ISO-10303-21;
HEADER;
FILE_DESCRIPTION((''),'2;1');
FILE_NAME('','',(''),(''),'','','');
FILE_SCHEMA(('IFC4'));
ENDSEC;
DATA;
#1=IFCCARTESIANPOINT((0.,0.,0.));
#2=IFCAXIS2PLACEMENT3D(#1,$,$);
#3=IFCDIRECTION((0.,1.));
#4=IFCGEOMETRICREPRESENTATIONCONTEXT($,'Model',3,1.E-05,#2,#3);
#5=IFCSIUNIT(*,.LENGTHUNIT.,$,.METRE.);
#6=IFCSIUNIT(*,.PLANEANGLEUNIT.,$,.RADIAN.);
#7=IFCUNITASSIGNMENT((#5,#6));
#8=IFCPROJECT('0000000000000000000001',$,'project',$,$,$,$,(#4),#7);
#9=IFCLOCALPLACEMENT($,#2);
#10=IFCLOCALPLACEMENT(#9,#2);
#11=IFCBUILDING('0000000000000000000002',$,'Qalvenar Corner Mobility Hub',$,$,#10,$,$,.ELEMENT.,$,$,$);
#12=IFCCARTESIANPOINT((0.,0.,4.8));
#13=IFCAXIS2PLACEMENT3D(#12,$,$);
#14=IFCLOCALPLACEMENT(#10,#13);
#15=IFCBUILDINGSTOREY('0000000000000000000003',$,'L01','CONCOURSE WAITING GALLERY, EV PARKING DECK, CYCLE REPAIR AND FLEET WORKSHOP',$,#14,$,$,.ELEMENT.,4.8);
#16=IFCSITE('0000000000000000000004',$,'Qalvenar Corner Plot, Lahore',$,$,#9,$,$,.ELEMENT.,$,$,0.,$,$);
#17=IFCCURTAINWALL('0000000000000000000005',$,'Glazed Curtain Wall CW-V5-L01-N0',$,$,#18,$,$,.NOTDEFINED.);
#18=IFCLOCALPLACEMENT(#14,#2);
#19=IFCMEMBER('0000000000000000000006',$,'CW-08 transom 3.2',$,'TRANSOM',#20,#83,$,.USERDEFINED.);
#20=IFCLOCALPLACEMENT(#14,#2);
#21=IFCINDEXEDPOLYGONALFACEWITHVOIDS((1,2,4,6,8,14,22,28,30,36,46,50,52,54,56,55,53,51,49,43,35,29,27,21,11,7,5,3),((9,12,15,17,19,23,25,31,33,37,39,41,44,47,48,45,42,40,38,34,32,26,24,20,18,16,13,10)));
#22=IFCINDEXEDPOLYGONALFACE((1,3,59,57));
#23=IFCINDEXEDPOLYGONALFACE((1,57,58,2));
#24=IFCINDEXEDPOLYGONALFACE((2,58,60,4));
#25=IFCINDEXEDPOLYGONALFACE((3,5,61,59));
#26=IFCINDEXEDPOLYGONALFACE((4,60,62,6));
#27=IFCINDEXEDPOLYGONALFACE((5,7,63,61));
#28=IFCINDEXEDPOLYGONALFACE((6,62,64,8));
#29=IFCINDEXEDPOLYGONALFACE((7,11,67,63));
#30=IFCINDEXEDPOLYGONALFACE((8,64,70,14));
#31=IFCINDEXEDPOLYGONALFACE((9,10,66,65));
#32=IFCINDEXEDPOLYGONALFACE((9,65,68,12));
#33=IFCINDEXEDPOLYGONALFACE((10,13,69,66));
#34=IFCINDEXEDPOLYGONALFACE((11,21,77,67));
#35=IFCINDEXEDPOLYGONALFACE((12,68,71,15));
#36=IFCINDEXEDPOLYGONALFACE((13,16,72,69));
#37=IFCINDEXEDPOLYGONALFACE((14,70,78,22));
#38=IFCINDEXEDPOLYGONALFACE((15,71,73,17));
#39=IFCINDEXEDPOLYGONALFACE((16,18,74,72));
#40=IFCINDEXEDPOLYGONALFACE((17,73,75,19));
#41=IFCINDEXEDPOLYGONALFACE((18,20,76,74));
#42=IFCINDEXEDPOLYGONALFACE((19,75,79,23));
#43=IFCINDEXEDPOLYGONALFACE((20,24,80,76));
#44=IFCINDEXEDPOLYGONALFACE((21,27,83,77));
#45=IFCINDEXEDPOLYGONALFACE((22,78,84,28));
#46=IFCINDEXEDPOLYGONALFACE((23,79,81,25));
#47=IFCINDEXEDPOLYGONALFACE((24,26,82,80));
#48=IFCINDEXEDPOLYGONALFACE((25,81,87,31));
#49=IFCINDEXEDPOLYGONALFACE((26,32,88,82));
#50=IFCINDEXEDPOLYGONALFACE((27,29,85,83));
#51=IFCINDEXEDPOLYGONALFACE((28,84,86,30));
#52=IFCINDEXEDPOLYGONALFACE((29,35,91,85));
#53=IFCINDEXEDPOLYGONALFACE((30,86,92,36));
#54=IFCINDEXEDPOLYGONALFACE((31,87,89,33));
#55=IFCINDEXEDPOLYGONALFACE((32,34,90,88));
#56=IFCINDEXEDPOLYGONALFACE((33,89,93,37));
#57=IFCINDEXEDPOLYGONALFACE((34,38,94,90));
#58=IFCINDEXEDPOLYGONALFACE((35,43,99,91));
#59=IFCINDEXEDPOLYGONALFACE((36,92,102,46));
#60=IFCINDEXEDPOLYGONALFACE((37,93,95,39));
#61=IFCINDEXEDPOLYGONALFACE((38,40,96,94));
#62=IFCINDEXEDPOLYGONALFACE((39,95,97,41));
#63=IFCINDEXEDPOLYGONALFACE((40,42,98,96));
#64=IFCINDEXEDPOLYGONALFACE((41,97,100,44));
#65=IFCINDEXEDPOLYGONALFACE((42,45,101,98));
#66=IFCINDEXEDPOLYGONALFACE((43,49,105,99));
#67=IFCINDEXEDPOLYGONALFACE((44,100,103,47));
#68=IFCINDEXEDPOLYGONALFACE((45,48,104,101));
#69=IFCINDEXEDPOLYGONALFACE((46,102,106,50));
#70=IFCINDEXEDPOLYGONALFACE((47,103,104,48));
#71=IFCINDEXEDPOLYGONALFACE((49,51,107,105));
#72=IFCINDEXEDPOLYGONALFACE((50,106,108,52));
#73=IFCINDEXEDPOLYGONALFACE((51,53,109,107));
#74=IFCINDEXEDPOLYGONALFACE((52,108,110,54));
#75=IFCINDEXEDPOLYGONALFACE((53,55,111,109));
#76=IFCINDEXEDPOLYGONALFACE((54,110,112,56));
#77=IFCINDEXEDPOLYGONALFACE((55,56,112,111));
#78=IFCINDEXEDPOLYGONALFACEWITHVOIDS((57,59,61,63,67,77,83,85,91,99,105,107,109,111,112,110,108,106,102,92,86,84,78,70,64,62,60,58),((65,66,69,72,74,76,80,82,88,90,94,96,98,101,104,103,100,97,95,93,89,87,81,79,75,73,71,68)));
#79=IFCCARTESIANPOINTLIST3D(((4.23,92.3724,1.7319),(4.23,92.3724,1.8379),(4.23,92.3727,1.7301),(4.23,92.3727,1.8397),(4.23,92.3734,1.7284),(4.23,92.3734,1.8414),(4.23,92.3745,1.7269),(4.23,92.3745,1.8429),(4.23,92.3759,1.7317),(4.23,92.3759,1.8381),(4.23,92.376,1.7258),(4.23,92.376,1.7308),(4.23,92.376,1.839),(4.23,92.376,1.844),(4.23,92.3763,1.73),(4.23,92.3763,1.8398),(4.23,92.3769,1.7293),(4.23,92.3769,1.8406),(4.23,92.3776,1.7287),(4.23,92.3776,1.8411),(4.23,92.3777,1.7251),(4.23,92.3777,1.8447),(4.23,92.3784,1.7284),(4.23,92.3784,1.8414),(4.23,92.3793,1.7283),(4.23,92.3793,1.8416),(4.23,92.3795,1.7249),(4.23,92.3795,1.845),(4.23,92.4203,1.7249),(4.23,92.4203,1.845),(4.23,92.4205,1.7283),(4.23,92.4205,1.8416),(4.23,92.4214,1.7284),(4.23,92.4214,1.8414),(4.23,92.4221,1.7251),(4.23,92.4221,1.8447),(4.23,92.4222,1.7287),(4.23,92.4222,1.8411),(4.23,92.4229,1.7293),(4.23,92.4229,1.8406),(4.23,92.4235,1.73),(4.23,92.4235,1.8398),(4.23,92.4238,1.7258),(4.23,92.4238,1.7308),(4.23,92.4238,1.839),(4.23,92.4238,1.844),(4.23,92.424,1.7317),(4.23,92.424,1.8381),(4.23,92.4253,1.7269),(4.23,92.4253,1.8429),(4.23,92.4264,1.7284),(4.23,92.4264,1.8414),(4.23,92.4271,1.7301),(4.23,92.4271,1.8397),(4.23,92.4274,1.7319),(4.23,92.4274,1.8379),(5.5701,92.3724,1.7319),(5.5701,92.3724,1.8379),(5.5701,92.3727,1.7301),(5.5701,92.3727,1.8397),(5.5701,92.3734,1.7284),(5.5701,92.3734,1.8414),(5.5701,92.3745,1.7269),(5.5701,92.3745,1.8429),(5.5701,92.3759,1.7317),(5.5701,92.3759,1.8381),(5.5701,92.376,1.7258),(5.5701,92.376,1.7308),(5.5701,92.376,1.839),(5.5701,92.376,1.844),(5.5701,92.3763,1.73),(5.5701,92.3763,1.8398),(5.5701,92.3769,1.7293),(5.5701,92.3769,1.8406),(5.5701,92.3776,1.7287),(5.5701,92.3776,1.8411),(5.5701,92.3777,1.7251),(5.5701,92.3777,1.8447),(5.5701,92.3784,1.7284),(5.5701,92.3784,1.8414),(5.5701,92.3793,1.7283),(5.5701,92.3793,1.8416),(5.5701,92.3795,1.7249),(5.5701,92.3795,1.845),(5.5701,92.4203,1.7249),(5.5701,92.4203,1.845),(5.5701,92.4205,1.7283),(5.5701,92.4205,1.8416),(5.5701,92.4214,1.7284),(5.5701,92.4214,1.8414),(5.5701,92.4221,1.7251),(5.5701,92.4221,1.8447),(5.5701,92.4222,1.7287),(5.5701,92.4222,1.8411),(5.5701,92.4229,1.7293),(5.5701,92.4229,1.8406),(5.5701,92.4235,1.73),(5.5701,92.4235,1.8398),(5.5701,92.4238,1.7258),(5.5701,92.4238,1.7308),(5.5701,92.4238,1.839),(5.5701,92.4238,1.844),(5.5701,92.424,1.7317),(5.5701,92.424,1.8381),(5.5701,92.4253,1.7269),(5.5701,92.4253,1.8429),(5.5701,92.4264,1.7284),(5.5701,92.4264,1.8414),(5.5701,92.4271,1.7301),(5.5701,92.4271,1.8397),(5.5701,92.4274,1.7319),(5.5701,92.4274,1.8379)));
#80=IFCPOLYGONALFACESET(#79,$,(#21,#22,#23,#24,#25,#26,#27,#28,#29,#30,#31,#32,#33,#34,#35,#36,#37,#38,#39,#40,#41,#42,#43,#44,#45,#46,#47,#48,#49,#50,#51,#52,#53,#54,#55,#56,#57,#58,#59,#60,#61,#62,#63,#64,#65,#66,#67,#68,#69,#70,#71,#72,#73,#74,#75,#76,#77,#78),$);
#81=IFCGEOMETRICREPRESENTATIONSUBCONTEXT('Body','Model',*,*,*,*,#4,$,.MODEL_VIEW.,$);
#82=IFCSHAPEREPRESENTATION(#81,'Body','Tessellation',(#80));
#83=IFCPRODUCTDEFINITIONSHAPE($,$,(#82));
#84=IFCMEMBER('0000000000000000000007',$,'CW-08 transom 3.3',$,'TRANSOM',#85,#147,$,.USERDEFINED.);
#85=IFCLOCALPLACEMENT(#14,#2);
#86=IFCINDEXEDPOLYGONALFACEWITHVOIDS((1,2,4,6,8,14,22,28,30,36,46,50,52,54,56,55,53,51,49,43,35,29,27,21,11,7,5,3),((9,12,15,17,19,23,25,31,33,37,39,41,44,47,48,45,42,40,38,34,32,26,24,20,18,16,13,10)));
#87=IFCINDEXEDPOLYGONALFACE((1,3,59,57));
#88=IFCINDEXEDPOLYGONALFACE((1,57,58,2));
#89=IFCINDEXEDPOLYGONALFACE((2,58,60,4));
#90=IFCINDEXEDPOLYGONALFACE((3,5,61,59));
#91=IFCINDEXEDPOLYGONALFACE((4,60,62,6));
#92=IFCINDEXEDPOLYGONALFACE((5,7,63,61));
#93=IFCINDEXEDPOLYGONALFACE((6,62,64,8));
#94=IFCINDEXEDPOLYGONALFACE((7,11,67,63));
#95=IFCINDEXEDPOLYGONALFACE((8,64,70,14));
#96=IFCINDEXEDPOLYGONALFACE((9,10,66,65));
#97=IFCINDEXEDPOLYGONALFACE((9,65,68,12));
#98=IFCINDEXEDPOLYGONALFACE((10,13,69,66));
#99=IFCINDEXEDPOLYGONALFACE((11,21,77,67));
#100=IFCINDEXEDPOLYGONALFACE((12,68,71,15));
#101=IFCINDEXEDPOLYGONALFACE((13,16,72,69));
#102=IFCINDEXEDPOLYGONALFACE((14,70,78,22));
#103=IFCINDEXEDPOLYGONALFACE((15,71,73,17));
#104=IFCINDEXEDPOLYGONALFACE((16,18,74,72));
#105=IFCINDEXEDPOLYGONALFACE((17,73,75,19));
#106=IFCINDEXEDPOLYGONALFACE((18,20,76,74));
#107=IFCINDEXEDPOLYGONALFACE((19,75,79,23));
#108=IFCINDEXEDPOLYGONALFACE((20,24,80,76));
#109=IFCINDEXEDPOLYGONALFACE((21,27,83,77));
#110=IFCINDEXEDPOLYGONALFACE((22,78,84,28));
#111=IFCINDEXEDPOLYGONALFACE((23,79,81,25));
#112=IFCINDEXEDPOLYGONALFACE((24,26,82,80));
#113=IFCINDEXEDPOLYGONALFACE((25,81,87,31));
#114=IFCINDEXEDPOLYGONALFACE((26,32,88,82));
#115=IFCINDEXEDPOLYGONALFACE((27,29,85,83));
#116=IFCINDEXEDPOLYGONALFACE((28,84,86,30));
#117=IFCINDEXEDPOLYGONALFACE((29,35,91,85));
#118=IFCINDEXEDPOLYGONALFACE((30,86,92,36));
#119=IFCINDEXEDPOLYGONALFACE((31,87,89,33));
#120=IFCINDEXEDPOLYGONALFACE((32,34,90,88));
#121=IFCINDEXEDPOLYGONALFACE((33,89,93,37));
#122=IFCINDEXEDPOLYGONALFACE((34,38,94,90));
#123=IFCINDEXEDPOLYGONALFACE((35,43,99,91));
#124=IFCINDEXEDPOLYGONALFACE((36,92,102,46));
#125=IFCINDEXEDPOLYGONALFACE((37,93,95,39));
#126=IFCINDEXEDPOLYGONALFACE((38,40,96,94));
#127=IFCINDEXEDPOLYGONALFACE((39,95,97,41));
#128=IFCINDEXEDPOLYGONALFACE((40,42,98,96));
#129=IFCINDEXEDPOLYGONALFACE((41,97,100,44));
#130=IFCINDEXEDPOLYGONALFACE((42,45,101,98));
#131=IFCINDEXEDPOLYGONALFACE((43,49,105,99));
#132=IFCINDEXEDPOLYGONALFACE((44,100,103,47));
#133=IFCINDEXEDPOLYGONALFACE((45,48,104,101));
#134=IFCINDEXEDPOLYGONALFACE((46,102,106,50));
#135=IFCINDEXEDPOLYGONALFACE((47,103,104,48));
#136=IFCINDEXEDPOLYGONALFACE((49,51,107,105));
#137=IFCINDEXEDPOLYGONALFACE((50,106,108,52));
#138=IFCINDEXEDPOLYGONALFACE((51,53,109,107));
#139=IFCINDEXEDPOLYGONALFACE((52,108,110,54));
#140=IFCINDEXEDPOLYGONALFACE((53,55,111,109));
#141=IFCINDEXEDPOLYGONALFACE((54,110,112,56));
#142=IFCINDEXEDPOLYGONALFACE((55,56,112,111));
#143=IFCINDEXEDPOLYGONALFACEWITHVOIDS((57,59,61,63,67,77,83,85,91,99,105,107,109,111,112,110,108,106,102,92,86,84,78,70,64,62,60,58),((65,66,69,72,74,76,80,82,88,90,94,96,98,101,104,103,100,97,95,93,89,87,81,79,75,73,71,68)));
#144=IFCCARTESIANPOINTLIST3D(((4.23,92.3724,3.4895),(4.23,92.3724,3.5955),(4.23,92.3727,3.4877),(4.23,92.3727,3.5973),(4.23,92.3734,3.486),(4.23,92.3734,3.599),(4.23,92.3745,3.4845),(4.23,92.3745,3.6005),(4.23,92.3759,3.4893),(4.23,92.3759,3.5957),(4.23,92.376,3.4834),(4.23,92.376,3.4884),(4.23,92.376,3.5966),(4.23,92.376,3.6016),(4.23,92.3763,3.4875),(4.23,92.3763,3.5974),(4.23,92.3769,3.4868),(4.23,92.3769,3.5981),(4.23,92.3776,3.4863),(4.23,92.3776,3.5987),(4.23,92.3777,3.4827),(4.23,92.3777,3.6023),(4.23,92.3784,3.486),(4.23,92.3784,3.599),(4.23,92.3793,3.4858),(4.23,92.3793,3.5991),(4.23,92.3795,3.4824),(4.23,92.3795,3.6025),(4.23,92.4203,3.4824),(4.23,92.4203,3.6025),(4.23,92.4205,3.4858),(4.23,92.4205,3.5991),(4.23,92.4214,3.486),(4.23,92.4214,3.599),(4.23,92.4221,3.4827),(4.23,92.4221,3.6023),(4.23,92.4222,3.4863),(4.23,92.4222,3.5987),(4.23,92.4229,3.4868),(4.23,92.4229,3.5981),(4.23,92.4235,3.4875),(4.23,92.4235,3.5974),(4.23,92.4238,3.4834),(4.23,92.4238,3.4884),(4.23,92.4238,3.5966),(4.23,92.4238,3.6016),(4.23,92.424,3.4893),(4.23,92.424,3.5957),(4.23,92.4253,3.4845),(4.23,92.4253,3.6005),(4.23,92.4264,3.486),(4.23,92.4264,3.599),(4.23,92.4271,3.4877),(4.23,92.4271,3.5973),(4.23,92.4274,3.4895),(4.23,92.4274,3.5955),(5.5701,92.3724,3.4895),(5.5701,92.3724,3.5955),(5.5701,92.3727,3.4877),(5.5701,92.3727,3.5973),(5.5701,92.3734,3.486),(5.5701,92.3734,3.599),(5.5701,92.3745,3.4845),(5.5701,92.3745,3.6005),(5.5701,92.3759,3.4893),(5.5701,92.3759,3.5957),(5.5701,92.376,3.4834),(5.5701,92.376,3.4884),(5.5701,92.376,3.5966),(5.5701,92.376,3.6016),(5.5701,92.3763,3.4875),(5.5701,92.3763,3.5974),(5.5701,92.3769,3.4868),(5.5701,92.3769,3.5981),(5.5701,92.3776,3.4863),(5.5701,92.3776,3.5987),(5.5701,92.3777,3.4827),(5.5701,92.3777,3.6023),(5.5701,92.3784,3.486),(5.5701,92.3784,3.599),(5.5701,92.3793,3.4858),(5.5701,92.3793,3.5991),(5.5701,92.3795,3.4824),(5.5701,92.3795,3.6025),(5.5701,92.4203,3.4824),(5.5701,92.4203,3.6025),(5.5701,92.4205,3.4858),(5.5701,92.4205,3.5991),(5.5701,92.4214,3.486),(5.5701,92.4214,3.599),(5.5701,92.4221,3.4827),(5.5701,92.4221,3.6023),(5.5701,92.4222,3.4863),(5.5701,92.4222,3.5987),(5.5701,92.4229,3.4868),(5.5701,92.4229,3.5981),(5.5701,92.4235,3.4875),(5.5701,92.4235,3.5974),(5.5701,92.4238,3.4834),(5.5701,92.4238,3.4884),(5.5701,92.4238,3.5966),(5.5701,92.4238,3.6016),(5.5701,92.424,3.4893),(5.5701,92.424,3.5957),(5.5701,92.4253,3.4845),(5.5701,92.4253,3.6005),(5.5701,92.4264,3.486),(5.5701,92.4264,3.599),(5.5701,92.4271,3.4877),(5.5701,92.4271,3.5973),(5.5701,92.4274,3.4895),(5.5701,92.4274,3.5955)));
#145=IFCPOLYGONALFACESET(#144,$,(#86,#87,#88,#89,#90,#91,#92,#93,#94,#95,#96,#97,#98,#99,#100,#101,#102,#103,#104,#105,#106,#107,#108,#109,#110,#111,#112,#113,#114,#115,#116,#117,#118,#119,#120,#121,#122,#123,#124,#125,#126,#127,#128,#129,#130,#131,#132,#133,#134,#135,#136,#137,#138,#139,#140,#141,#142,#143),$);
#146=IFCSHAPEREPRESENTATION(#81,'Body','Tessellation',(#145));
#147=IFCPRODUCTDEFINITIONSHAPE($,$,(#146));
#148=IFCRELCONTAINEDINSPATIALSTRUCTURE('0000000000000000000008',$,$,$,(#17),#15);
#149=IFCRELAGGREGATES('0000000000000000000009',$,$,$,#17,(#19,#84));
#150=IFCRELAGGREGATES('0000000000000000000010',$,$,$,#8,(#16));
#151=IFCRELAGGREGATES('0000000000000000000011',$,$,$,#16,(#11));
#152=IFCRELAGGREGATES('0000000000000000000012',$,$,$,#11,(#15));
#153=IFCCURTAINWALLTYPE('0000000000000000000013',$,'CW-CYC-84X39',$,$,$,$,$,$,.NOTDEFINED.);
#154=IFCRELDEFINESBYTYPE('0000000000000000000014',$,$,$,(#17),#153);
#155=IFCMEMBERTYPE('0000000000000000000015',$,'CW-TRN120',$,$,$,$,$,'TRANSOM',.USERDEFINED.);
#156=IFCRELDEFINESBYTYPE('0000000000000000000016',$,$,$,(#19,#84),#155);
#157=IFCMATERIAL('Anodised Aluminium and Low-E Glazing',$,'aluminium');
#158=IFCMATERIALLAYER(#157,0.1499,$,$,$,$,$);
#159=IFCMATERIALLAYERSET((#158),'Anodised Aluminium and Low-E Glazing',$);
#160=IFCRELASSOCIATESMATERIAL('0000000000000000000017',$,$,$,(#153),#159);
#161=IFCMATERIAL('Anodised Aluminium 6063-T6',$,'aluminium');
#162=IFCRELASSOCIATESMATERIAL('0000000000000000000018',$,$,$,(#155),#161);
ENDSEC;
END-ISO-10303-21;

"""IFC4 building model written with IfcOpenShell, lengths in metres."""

from ifc_helpers import new_model, si_unit, direction, frame, origin, origin_2d, place, context, subcontext, project, spatial, hollow_rectangle, extrude, material, layer, layer_set, material_profile, profile_set, type_object, element, aggregate, save


model = new_model("IFC4")

# Units and contexts
model_context = context("Model", 3, precision=1e-05, world=origin(), true_north=direction((0.0, 1.0)))
body_context = subcontext(model_context, "Body", "Model", "MODEL_VIEW")
ifc_project = project(units=[si_unit("LENGTHUNIT", "METRE"), si_unit("PLANEANGLEUNIT", "RADIAN")], contexts=[model_context])

# Site, building, storey
site_placement = place(None, origin())
site = spatial("IfcSite", under=ifc_project, at=site_placement, Name="Qalvenar Corner Plot, Lahore", CompositionType="ELEMENT", RefElevation=0.0)
building_placement = place(site_placement, origin())
building = spatial("IfcBuilding", under=site, at=building_placement, Name="Qalvenar Corner Mobility Hub", CompositionType="ELEMENT")
storey_placement = place(building_placement, frame((0.0, 0.0, 4.8)))
storey = spatial("IfcBuildingStorey", under=building, at=storey_placement, Name="L01", Description="CONCOURSE WAITING GALLERY, EV PARKING DECK, CYCLE REPAIR AND FLEET WORKSHOP", CompositionType="ELEMENT", Elevation=4.8)

# Curtain wall, members
ifc_material_1 = material(Name="Anodised Aluminium and Low-E Glazing", Category="aluminium")
ifc_layer_1 = layer(ifc_material_1, 0.1499)
ifc_layer_set_1 = layer_set([ifc_layer_1], Name="Anodised Aluminium and Low-E Glazing")
curtain_wall_type = type_object("IfcCurtainWallType", Name="CW-CYC-84X39", PredefinedType="NOTDEFINED", material=ifc_layer_set_1)
curtain_wall_placement = place(storey_placement, origin())
curtain_wall = element("IfcCurtainWall", 1, at=curtain_wall_placement, inside=storey, type_object=curtain_wall_type, Name="Glazed Curtain Wall CW-V5-L01-N0", PredefinedType="NOTDEFINED")
ifc_material_2 = material(Name="Anodised Aluminium 6063-T6", Category="aluminium")
ifc_material_profile_1 = material_profile(ifc_material_2, hollow_rectangle(XDim=0.0549, YDim=0.1201, WallThickness=0.0034, InnerFilletRadius=0.0034, OuterFilletRadius=0.0071, at=origin_2d()), Name="RHS120x55x3.5")
ifc_profile_set_1 = profile_set([ifc_material_profile_1], Name="Anodised Aluminium 6063-T6")
member_type_1 = type_object("IfcMemberType", Name="CW-TRN120", ElementType="TRANSOM", PredefinedType="USERDEFINED", material=ifc_profile_set_1)
member_1_placement = place(storey_placement, frame((5.5701, 92.3999, 1.7849), z_axis=(-1.0, 0.0, 0.0), x_axis=(0.0, -1.0, 0.0)))
member_1 = element("IfcMember", 2, at=member_1_placement, type_object=member_type_1, Name="CW-08 transom 3.2", ObjectType="TRANSOM", PredefinedType="USERDEFINED", context=body_context, shape_type="SweptSolid", body=[
    extrude(hollow_rectangle(XDim=0.0549, YDim=0.1201, WallThickness=0.0034, InnerFilletRadius=0.0034, OuterFilletRadius=0.0071, at=origin_2d()), origin(), (0.0, 0.0, 1.0), 1.3401),
])
member_2_placement = place(storey_placement, frame((5.5701, 92.3999, 3.5425), z_axis=(-1.0, 0.0, 0.0), x_axis=(0.0, -1.0, 0.0)))
member_2 = element("IfcMember", 3, at=member_2_placement, type_object=member_type_1, Name="CW-08 transom 3.3", ObjectType="TRANSOM", PredefinedType="USERDEFINED", context=body_context, shape_type="SweptSolid", body=[
    extrude(hollow_rectangle(XDim=0.0549, YDim=0.1201, WallThickness=0.0034, InnerFilletRadius=0.0034, OuterFilletRadius=0.0071, at=origin_2d()), origin(), (0.0, 0.0, 1.0), 1.3401),
])
aggregate(curtain_wall, [member_1, member_2])

save(model, "model.ifc")
